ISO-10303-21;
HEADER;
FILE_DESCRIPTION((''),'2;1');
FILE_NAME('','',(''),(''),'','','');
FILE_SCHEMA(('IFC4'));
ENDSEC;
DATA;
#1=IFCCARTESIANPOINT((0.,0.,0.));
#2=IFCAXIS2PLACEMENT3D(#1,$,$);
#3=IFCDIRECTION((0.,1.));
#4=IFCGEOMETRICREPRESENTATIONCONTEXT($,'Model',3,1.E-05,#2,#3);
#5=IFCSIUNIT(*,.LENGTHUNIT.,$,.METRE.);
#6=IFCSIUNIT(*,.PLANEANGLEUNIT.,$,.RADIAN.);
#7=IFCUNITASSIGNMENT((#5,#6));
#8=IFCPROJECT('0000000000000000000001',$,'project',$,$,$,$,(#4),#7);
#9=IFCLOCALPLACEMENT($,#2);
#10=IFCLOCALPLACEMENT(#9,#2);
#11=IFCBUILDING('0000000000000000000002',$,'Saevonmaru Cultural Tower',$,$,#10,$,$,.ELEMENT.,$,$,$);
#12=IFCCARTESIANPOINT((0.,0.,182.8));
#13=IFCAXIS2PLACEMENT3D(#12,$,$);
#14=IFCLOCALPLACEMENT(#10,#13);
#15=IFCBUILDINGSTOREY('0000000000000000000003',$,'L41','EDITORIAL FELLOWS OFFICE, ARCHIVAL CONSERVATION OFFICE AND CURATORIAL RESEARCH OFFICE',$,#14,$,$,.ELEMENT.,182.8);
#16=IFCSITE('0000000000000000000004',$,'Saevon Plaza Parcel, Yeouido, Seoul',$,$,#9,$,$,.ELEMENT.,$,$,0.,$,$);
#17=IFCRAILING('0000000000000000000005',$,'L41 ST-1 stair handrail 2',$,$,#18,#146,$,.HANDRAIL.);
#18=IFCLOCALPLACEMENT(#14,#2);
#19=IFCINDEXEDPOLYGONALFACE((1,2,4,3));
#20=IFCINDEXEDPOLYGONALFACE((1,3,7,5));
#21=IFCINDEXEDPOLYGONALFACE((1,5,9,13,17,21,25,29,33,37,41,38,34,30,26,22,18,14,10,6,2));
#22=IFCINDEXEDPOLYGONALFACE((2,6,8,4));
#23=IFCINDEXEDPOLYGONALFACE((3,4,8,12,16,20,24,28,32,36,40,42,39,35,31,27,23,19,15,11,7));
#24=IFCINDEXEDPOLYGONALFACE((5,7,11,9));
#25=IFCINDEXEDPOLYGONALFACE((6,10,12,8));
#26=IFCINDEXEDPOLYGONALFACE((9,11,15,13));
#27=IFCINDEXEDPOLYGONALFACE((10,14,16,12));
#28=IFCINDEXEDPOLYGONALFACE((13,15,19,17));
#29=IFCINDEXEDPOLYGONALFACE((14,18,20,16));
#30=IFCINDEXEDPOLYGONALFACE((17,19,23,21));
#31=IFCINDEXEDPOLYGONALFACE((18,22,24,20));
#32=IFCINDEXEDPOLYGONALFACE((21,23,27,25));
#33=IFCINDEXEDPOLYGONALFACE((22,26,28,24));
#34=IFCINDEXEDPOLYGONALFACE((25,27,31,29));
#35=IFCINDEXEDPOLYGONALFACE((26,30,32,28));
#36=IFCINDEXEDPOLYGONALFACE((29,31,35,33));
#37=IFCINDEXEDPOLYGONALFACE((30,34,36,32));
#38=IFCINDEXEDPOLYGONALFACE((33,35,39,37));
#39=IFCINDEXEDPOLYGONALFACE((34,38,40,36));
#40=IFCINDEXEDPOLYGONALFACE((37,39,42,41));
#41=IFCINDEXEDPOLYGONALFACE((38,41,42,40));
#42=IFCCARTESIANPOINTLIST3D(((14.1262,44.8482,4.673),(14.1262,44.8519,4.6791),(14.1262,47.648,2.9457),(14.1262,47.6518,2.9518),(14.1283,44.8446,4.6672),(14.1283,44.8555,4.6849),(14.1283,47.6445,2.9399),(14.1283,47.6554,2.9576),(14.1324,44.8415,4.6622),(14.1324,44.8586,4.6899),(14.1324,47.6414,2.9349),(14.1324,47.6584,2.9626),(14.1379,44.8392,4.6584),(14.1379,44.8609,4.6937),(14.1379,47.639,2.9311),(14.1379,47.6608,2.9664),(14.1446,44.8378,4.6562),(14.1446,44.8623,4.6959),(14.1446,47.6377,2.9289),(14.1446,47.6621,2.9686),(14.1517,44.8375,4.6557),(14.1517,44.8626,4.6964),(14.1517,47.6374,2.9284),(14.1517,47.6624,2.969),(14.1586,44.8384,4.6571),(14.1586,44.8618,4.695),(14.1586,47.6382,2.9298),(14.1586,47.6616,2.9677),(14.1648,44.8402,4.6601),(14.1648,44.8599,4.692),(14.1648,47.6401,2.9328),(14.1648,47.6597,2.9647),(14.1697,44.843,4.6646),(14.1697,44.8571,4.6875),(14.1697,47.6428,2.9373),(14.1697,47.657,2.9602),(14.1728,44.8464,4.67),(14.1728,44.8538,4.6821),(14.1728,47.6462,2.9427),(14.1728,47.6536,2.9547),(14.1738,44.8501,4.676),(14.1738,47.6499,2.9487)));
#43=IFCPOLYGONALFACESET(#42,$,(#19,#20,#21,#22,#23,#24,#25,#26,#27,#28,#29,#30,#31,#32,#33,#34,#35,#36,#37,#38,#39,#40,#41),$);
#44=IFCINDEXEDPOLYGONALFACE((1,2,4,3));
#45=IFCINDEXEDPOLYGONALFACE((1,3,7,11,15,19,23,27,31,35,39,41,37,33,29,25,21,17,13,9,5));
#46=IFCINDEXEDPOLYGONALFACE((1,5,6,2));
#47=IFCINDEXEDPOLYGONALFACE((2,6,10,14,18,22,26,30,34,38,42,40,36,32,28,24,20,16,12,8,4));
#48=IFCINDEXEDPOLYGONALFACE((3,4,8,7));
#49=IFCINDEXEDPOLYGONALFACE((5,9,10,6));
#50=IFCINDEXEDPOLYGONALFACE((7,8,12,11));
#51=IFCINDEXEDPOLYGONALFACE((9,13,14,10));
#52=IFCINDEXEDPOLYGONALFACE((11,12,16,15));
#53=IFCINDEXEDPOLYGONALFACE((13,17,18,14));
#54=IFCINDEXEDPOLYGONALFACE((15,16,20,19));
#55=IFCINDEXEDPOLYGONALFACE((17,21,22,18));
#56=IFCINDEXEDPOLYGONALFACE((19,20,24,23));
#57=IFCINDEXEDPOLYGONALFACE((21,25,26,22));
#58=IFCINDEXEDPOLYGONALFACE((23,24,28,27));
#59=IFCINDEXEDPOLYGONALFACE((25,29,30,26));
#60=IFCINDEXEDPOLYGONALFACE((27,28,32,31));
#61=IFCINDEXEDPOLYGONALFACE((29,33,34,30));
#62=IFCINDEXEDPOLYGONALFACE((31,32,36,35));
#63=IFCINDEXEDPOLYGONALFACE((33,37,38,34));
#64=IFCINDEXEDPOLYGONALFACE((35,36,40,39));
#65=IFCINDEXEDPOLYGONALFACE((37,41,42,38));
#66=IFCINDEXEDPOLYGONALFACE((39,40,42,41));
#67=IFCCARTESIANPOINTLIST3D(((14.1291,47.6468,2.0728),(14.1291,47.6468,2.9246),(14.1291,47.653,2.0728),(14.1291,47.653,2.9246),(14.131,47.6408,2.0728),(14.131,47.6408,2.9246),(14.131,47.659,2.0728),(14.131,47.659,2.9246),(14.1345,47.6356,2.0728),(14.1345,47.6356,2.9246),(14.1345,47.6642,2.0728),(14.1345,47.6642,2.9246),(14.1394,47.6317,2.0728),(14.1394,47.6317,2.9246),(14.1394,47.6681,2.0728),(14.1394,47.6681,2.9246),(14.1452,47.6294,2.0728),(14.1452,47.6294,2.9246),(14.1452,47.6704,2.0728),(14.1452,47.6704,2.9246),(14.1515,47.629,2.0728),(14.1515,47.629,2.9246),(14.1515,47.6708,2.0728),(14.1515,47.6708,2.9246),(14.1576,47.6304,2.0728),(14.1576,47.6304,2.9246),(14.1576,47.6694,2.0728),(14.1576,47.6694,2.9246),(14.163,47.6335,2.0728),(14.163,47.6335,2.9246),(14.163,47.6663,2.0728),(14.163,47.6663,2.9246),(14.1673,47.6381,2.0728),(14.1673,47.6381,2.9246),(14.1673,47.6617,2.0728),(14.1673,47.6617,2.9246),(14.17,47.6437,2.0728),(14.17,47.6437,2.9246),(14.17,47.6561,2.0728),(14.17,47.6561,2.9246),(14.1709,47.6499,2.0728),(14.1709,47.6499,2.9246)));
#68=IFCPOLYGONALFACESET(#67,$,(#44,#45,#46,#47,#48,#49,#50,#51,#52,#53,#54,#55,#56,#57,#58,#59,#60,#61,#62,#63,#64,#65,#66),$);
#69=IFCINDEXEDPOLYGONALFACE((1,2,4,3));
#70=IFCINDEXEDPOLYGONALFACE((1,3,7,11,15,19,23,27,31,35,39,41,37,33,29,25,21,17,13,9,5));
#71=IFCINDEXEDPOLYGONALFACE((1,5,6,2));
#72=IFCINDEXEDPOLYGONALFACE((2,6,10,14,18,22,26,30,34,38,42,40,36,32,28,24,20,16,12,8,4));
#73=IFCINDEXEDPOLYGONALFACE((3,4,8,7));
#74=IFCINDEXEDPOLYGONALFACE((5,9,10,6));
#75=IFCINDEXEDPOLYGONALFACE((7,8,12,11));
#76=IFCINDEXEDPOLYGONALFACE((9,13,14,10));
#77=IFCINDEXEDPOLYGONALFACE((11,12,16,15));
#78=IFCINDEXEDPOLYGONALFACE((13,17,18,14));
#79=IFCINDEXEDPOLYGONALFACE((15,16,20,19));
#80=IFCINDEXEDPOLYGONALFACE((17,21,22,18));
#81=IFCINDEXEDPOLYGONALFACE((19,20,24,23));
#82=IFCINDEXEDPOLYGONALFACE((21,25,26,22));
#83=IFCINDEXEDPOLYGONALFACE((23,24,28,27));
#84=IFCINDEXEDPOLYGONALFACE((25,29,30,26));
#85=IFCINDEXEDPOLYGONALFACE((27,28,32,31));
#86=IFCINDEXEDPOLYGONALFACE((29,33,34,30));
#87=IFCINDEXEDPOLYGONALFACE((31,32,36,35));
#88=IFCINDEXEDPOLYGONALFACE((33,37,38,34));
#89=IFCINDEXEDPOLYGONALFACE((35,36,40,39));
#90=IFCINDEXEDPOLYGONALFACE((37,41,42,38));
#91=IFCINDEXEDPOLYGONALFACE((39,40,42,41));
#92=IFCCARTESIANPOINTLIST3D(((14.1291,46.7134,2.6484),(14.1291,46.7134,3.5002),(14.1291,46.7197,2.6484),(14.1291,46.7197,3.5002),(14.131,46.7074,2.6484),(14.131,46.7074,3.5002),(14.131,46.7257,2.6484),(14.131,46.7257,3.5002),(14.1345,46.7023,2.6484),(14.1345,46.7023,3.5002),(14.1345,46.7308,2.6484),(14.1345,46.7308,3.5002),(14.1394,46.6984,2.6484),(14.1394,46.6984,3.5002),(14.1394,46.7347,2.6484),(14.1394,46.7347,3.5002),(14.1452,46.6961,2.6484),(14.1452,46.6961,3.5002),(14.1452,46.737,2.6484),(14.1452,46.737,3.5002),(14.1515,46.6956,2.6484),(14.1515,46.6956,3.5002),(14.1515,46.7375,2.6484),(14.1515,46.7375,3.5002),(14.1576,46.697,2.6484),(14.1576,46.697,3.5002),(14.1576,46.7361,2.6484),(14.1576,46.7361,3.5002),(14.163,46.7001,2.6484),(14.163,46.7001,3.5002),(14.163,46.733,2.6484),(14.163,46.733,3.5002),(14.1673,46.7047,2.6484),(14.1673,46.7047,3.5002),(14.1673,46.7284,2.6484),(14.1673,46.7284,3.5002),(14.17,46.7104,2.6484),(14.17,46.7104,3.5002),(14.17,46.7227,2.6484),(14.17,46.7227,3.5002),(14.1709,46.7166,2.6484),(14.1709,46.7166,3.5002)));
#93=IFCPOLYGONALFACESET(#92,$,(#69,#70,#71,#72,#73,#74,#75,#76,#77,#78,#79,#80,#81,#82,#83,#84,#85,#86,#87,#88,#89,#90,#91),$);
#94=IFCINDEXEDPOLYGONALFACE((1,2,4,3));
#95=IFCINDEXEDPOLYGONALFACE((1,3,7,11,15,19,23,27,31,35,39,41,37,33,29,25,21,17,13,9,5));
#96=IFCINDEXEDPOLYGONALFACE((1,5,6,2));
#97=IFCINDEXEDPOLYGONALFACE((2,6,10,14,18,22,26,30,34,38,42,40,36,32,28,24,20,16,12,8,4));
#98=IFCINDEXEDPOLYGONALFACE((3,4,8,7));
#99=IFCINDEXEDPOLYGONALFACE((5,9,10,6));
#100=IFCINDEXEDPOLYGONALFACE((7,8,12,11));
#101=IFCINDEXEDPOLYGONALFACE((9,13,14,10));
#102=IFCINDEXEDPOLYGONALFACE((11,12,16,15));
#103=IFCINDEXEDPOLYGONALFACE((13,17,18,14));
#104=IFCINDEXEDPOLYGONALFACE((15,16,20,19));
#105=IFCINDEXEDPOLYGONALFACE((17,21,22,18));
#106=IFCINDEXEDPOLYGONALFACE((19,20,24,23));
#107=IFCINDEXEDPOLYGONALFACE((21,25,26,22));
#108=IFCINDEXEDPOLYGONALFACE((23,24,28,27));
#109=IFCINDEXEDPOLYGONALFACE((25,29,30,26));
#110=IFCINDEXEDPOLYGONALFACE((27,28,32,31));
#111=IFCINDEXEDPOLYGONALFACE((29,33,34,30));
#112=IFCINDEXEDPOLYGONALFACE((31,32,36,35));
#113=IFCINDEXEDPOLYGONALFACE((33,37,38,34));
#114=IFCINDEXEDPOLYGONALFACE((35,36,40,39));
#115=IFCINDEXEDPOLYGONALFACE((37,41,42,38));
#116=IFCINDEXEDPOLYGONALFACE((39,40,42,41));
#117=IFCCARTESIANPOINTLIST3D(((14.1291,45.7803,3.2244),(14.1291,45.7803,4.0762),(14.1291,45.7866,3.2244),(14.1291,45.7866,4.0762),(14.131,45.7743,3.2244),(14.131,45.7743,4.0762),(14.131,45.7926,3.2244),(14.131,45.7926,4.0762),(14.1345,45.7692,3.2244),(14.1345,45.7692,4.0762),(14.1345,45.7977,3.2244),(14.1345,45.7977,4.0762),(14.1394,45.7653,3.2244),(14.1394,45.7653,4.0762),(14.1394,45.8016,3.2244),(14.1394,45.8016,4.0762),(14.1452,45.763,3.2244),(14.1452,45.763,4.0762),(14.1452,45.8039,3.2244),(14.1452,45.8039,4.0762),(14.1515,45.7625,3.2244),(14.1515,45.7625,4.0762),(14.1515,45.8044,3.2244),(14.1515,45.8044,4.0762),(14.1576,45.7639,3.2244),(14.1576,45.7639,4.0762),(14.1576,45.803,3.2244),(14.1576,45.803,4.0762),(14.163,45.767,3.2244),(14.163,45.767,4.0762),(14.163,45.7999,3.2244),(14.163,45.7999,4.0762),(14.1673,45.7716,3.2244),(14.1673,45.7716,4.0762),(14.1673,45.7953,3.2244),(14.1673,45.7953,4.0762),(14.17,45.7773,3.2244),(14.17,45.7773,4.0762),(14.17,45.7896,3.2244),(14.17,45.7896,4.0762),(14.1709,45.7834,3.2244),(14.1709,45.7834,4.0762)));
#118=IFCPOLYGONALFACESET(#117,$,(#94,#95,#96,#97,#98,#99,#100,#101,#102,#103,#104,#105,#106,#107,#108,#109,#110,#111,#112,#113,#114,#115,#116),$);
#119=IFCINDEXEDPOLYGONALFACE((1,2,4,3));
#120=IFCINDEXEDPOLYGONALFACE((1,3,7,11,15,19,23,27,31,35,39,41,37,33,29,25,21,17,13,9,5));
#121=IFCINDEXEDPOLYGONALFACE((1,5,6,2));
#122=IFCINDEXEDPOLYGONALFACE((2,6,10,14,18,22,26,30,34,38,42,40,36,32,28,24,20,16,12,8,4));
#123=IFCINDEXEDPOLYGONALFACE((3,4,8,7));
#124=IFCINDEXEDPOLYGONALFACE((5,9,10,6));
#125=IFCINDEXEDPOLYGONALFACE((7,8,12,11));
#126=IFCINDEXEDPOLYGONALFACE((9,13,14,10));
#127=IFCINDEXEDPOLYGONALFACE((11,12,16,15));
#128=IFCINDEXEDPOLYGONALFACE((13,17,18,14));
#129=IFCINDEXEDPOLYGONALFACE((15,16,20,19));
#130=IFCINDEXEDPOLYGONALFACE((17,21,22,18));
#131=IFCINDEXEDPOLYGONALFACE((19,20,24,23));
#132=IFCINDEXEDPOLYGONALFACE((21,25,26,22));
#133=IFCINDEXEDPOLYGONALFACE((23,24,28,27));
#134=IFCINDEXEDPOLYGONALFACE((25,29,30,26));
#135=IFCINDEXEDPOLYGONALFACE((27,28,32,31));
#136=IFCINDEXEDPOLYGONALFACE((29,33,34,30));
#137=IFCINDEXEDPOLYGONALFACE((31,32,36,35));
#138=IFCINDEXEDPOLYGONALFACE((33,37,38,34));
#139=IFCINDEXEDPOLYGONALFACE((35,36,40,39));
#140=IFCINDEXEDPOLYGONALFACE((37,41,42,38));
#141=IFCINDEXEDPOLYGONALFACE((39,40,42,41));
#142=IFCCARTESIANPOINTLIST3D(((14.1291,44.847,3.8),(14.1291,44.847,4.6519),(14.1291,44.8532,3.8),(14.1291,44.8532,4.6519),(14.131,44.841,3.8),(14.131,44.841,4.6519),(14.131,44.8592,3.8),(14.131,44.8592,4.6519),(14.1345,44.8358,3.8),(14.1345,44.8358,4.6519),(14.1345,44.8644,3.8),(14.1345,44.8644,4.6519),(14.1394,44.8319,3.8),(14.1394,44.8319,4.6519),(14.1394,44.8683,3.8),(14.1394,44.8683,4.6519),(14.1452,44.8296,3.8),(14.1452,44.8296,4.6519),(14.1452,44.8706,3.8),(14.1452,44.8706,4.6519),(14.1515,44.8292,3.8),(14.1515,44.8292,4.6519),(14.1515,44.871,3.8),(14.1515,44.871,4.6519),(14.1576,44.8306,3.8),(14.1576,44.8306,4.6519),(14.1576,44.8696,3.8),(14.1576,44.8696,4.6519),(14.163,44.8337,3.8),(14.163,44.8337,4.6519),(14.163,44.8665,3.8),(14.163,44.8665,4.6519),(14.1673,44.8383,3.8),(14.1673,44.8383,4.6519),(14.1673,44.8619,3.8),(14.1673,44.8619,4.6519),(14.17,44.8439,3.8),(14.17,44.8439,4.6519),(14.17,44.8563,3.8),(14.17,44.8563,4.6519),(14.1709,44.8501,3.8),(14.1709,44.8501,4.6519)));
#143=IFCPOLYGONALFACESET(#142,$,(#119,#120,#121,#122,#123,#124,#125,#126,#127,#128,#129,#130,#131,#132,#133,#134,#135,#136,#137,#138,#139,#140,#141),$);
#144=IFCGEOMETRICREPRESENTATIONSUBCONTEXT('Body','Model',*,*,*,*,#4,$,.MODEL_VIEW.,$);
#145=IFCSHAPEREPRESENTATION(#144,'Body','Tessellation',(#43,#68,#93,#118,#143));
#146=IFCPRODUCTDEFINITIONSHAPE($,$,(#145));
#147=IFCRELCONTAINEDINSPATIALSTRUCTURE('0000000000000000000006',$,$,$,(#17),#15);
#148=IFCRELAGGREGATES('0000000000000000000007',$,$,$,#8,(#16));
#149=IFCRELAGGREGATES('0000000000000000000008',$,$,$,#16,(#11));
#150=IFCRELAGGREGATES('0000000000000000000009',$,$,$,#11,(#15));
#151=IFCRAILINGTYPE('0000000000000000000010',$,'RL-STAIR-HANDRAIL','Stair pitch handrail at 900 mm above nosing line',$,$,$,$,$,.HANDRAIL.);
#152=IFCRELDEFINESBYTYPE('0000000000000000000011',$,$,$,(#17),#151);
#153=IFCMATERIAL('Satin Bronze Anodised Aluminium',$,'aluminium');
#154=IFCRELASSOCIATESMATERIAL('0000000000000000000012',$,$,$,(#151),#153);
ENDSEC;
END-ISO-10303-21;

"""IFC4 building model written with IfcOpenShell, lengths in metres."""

from ifc_helpers import new_model, si_unit, direction, frame, origin, origin_2d, place, context, subcontext, project, spatial, circle, extrude, material, type_object, element, save


model = new_model("IFC4")

# Units and contexts
model_context = context("Model", 3, precision=1e-05, world=origin(), true_north=direction((0.0, 1.0)))
body_context = subcontext(model_context, "Body", "Model", "MODEL_VIEW")
ifc_project = project(units=[si_unit("LENGTHUNIT", "METRE"), si_unit("PLANEANGLEUNIT", "RADIAN")], contexts=[model_context])

# Site, building, storey
site_placement = place(None, origin())
site = spatial("IfcSite", under=ifc_project, at=site_placement, Name="Saevon Plaza Parcel, Yeouido, Seoul", CompositionType="ELEMENT", RefElevation=0.0)
building_placement = place(site_placement, origin())
building = spatial("IfcBuilding", under=site, at=building_placement, Name="Saevonmaru Cultural Tower", CompositionType="ELEMENT")
storey_placement = place(building_placement, frame((0.0, 0.0, 182.8)))
storey = spatial("IfcBuildingStorey", under=building, at=storey_placement, Name="L41", Description="EDITORIAL FELLOWS OFFICE, ARCHIVAL CONSERVATION OFFICE AND CURATORIAL RESEARCH OFFICE", CompositionType="ELEMENT", Elevation=182.8)

# Shared definitions
ifc_material_1 = material(Name="Satin Bronze Anodised Aluminium", Category="aluminium")

# Railing
railing_type_1 = type_object("IfcRailingType", Name="RL-STAIR-HANDRAIL", Description="Stair pitch handrail at 900 mm above nosing line", PredefinedType="HANDRAIL", material=ifc_material_1)
railing_1_placement = place(storey_placement, frame((14.1499, 47.6499, 2.0728)))
element("IfcRailing", 1, at=railing_1_placement, inside=storey, type_object=railing_type_1, Name="L41 ST-1 stair handrail 2", PredefinedType="HANDRAIL", context=body_context, shape_type="SweptSolid", body=[
    extrude(circle(Radius=0.0239, at=origin_2d()), frame((0.0, 0.0, 0.876), z_axis=(0.0, -0.851069, 0.525054), x_axis=(1.0, 0.0, 0.0)), (0.0, 0.0, 1.0), 3.2898),
    extrude(circle(Radius=0.021, at=origin_2d()), origin(), (0.0, 0.0, 1.0), 0.8518),
    extrude(circle(Radius=0.021, at=origin_2d()), frame((0.0, -0.9333, 0.5757)), (0.0, 0.0, 1.0), 0.8518),
    extrude(circle(Radius=0.021, at=origin_2d()), frame((0.0, -1.8665, 1.1516)), (0.0, 0.0, 1.0), 0.8518),
    extrude(circle(Radius=0.021, at=origin_2d()), frame((0.0, -2.7998, 1.7273)), (0.0, 0.0, 1.0), 0.8518),
])

save(model, "model.ifc")
